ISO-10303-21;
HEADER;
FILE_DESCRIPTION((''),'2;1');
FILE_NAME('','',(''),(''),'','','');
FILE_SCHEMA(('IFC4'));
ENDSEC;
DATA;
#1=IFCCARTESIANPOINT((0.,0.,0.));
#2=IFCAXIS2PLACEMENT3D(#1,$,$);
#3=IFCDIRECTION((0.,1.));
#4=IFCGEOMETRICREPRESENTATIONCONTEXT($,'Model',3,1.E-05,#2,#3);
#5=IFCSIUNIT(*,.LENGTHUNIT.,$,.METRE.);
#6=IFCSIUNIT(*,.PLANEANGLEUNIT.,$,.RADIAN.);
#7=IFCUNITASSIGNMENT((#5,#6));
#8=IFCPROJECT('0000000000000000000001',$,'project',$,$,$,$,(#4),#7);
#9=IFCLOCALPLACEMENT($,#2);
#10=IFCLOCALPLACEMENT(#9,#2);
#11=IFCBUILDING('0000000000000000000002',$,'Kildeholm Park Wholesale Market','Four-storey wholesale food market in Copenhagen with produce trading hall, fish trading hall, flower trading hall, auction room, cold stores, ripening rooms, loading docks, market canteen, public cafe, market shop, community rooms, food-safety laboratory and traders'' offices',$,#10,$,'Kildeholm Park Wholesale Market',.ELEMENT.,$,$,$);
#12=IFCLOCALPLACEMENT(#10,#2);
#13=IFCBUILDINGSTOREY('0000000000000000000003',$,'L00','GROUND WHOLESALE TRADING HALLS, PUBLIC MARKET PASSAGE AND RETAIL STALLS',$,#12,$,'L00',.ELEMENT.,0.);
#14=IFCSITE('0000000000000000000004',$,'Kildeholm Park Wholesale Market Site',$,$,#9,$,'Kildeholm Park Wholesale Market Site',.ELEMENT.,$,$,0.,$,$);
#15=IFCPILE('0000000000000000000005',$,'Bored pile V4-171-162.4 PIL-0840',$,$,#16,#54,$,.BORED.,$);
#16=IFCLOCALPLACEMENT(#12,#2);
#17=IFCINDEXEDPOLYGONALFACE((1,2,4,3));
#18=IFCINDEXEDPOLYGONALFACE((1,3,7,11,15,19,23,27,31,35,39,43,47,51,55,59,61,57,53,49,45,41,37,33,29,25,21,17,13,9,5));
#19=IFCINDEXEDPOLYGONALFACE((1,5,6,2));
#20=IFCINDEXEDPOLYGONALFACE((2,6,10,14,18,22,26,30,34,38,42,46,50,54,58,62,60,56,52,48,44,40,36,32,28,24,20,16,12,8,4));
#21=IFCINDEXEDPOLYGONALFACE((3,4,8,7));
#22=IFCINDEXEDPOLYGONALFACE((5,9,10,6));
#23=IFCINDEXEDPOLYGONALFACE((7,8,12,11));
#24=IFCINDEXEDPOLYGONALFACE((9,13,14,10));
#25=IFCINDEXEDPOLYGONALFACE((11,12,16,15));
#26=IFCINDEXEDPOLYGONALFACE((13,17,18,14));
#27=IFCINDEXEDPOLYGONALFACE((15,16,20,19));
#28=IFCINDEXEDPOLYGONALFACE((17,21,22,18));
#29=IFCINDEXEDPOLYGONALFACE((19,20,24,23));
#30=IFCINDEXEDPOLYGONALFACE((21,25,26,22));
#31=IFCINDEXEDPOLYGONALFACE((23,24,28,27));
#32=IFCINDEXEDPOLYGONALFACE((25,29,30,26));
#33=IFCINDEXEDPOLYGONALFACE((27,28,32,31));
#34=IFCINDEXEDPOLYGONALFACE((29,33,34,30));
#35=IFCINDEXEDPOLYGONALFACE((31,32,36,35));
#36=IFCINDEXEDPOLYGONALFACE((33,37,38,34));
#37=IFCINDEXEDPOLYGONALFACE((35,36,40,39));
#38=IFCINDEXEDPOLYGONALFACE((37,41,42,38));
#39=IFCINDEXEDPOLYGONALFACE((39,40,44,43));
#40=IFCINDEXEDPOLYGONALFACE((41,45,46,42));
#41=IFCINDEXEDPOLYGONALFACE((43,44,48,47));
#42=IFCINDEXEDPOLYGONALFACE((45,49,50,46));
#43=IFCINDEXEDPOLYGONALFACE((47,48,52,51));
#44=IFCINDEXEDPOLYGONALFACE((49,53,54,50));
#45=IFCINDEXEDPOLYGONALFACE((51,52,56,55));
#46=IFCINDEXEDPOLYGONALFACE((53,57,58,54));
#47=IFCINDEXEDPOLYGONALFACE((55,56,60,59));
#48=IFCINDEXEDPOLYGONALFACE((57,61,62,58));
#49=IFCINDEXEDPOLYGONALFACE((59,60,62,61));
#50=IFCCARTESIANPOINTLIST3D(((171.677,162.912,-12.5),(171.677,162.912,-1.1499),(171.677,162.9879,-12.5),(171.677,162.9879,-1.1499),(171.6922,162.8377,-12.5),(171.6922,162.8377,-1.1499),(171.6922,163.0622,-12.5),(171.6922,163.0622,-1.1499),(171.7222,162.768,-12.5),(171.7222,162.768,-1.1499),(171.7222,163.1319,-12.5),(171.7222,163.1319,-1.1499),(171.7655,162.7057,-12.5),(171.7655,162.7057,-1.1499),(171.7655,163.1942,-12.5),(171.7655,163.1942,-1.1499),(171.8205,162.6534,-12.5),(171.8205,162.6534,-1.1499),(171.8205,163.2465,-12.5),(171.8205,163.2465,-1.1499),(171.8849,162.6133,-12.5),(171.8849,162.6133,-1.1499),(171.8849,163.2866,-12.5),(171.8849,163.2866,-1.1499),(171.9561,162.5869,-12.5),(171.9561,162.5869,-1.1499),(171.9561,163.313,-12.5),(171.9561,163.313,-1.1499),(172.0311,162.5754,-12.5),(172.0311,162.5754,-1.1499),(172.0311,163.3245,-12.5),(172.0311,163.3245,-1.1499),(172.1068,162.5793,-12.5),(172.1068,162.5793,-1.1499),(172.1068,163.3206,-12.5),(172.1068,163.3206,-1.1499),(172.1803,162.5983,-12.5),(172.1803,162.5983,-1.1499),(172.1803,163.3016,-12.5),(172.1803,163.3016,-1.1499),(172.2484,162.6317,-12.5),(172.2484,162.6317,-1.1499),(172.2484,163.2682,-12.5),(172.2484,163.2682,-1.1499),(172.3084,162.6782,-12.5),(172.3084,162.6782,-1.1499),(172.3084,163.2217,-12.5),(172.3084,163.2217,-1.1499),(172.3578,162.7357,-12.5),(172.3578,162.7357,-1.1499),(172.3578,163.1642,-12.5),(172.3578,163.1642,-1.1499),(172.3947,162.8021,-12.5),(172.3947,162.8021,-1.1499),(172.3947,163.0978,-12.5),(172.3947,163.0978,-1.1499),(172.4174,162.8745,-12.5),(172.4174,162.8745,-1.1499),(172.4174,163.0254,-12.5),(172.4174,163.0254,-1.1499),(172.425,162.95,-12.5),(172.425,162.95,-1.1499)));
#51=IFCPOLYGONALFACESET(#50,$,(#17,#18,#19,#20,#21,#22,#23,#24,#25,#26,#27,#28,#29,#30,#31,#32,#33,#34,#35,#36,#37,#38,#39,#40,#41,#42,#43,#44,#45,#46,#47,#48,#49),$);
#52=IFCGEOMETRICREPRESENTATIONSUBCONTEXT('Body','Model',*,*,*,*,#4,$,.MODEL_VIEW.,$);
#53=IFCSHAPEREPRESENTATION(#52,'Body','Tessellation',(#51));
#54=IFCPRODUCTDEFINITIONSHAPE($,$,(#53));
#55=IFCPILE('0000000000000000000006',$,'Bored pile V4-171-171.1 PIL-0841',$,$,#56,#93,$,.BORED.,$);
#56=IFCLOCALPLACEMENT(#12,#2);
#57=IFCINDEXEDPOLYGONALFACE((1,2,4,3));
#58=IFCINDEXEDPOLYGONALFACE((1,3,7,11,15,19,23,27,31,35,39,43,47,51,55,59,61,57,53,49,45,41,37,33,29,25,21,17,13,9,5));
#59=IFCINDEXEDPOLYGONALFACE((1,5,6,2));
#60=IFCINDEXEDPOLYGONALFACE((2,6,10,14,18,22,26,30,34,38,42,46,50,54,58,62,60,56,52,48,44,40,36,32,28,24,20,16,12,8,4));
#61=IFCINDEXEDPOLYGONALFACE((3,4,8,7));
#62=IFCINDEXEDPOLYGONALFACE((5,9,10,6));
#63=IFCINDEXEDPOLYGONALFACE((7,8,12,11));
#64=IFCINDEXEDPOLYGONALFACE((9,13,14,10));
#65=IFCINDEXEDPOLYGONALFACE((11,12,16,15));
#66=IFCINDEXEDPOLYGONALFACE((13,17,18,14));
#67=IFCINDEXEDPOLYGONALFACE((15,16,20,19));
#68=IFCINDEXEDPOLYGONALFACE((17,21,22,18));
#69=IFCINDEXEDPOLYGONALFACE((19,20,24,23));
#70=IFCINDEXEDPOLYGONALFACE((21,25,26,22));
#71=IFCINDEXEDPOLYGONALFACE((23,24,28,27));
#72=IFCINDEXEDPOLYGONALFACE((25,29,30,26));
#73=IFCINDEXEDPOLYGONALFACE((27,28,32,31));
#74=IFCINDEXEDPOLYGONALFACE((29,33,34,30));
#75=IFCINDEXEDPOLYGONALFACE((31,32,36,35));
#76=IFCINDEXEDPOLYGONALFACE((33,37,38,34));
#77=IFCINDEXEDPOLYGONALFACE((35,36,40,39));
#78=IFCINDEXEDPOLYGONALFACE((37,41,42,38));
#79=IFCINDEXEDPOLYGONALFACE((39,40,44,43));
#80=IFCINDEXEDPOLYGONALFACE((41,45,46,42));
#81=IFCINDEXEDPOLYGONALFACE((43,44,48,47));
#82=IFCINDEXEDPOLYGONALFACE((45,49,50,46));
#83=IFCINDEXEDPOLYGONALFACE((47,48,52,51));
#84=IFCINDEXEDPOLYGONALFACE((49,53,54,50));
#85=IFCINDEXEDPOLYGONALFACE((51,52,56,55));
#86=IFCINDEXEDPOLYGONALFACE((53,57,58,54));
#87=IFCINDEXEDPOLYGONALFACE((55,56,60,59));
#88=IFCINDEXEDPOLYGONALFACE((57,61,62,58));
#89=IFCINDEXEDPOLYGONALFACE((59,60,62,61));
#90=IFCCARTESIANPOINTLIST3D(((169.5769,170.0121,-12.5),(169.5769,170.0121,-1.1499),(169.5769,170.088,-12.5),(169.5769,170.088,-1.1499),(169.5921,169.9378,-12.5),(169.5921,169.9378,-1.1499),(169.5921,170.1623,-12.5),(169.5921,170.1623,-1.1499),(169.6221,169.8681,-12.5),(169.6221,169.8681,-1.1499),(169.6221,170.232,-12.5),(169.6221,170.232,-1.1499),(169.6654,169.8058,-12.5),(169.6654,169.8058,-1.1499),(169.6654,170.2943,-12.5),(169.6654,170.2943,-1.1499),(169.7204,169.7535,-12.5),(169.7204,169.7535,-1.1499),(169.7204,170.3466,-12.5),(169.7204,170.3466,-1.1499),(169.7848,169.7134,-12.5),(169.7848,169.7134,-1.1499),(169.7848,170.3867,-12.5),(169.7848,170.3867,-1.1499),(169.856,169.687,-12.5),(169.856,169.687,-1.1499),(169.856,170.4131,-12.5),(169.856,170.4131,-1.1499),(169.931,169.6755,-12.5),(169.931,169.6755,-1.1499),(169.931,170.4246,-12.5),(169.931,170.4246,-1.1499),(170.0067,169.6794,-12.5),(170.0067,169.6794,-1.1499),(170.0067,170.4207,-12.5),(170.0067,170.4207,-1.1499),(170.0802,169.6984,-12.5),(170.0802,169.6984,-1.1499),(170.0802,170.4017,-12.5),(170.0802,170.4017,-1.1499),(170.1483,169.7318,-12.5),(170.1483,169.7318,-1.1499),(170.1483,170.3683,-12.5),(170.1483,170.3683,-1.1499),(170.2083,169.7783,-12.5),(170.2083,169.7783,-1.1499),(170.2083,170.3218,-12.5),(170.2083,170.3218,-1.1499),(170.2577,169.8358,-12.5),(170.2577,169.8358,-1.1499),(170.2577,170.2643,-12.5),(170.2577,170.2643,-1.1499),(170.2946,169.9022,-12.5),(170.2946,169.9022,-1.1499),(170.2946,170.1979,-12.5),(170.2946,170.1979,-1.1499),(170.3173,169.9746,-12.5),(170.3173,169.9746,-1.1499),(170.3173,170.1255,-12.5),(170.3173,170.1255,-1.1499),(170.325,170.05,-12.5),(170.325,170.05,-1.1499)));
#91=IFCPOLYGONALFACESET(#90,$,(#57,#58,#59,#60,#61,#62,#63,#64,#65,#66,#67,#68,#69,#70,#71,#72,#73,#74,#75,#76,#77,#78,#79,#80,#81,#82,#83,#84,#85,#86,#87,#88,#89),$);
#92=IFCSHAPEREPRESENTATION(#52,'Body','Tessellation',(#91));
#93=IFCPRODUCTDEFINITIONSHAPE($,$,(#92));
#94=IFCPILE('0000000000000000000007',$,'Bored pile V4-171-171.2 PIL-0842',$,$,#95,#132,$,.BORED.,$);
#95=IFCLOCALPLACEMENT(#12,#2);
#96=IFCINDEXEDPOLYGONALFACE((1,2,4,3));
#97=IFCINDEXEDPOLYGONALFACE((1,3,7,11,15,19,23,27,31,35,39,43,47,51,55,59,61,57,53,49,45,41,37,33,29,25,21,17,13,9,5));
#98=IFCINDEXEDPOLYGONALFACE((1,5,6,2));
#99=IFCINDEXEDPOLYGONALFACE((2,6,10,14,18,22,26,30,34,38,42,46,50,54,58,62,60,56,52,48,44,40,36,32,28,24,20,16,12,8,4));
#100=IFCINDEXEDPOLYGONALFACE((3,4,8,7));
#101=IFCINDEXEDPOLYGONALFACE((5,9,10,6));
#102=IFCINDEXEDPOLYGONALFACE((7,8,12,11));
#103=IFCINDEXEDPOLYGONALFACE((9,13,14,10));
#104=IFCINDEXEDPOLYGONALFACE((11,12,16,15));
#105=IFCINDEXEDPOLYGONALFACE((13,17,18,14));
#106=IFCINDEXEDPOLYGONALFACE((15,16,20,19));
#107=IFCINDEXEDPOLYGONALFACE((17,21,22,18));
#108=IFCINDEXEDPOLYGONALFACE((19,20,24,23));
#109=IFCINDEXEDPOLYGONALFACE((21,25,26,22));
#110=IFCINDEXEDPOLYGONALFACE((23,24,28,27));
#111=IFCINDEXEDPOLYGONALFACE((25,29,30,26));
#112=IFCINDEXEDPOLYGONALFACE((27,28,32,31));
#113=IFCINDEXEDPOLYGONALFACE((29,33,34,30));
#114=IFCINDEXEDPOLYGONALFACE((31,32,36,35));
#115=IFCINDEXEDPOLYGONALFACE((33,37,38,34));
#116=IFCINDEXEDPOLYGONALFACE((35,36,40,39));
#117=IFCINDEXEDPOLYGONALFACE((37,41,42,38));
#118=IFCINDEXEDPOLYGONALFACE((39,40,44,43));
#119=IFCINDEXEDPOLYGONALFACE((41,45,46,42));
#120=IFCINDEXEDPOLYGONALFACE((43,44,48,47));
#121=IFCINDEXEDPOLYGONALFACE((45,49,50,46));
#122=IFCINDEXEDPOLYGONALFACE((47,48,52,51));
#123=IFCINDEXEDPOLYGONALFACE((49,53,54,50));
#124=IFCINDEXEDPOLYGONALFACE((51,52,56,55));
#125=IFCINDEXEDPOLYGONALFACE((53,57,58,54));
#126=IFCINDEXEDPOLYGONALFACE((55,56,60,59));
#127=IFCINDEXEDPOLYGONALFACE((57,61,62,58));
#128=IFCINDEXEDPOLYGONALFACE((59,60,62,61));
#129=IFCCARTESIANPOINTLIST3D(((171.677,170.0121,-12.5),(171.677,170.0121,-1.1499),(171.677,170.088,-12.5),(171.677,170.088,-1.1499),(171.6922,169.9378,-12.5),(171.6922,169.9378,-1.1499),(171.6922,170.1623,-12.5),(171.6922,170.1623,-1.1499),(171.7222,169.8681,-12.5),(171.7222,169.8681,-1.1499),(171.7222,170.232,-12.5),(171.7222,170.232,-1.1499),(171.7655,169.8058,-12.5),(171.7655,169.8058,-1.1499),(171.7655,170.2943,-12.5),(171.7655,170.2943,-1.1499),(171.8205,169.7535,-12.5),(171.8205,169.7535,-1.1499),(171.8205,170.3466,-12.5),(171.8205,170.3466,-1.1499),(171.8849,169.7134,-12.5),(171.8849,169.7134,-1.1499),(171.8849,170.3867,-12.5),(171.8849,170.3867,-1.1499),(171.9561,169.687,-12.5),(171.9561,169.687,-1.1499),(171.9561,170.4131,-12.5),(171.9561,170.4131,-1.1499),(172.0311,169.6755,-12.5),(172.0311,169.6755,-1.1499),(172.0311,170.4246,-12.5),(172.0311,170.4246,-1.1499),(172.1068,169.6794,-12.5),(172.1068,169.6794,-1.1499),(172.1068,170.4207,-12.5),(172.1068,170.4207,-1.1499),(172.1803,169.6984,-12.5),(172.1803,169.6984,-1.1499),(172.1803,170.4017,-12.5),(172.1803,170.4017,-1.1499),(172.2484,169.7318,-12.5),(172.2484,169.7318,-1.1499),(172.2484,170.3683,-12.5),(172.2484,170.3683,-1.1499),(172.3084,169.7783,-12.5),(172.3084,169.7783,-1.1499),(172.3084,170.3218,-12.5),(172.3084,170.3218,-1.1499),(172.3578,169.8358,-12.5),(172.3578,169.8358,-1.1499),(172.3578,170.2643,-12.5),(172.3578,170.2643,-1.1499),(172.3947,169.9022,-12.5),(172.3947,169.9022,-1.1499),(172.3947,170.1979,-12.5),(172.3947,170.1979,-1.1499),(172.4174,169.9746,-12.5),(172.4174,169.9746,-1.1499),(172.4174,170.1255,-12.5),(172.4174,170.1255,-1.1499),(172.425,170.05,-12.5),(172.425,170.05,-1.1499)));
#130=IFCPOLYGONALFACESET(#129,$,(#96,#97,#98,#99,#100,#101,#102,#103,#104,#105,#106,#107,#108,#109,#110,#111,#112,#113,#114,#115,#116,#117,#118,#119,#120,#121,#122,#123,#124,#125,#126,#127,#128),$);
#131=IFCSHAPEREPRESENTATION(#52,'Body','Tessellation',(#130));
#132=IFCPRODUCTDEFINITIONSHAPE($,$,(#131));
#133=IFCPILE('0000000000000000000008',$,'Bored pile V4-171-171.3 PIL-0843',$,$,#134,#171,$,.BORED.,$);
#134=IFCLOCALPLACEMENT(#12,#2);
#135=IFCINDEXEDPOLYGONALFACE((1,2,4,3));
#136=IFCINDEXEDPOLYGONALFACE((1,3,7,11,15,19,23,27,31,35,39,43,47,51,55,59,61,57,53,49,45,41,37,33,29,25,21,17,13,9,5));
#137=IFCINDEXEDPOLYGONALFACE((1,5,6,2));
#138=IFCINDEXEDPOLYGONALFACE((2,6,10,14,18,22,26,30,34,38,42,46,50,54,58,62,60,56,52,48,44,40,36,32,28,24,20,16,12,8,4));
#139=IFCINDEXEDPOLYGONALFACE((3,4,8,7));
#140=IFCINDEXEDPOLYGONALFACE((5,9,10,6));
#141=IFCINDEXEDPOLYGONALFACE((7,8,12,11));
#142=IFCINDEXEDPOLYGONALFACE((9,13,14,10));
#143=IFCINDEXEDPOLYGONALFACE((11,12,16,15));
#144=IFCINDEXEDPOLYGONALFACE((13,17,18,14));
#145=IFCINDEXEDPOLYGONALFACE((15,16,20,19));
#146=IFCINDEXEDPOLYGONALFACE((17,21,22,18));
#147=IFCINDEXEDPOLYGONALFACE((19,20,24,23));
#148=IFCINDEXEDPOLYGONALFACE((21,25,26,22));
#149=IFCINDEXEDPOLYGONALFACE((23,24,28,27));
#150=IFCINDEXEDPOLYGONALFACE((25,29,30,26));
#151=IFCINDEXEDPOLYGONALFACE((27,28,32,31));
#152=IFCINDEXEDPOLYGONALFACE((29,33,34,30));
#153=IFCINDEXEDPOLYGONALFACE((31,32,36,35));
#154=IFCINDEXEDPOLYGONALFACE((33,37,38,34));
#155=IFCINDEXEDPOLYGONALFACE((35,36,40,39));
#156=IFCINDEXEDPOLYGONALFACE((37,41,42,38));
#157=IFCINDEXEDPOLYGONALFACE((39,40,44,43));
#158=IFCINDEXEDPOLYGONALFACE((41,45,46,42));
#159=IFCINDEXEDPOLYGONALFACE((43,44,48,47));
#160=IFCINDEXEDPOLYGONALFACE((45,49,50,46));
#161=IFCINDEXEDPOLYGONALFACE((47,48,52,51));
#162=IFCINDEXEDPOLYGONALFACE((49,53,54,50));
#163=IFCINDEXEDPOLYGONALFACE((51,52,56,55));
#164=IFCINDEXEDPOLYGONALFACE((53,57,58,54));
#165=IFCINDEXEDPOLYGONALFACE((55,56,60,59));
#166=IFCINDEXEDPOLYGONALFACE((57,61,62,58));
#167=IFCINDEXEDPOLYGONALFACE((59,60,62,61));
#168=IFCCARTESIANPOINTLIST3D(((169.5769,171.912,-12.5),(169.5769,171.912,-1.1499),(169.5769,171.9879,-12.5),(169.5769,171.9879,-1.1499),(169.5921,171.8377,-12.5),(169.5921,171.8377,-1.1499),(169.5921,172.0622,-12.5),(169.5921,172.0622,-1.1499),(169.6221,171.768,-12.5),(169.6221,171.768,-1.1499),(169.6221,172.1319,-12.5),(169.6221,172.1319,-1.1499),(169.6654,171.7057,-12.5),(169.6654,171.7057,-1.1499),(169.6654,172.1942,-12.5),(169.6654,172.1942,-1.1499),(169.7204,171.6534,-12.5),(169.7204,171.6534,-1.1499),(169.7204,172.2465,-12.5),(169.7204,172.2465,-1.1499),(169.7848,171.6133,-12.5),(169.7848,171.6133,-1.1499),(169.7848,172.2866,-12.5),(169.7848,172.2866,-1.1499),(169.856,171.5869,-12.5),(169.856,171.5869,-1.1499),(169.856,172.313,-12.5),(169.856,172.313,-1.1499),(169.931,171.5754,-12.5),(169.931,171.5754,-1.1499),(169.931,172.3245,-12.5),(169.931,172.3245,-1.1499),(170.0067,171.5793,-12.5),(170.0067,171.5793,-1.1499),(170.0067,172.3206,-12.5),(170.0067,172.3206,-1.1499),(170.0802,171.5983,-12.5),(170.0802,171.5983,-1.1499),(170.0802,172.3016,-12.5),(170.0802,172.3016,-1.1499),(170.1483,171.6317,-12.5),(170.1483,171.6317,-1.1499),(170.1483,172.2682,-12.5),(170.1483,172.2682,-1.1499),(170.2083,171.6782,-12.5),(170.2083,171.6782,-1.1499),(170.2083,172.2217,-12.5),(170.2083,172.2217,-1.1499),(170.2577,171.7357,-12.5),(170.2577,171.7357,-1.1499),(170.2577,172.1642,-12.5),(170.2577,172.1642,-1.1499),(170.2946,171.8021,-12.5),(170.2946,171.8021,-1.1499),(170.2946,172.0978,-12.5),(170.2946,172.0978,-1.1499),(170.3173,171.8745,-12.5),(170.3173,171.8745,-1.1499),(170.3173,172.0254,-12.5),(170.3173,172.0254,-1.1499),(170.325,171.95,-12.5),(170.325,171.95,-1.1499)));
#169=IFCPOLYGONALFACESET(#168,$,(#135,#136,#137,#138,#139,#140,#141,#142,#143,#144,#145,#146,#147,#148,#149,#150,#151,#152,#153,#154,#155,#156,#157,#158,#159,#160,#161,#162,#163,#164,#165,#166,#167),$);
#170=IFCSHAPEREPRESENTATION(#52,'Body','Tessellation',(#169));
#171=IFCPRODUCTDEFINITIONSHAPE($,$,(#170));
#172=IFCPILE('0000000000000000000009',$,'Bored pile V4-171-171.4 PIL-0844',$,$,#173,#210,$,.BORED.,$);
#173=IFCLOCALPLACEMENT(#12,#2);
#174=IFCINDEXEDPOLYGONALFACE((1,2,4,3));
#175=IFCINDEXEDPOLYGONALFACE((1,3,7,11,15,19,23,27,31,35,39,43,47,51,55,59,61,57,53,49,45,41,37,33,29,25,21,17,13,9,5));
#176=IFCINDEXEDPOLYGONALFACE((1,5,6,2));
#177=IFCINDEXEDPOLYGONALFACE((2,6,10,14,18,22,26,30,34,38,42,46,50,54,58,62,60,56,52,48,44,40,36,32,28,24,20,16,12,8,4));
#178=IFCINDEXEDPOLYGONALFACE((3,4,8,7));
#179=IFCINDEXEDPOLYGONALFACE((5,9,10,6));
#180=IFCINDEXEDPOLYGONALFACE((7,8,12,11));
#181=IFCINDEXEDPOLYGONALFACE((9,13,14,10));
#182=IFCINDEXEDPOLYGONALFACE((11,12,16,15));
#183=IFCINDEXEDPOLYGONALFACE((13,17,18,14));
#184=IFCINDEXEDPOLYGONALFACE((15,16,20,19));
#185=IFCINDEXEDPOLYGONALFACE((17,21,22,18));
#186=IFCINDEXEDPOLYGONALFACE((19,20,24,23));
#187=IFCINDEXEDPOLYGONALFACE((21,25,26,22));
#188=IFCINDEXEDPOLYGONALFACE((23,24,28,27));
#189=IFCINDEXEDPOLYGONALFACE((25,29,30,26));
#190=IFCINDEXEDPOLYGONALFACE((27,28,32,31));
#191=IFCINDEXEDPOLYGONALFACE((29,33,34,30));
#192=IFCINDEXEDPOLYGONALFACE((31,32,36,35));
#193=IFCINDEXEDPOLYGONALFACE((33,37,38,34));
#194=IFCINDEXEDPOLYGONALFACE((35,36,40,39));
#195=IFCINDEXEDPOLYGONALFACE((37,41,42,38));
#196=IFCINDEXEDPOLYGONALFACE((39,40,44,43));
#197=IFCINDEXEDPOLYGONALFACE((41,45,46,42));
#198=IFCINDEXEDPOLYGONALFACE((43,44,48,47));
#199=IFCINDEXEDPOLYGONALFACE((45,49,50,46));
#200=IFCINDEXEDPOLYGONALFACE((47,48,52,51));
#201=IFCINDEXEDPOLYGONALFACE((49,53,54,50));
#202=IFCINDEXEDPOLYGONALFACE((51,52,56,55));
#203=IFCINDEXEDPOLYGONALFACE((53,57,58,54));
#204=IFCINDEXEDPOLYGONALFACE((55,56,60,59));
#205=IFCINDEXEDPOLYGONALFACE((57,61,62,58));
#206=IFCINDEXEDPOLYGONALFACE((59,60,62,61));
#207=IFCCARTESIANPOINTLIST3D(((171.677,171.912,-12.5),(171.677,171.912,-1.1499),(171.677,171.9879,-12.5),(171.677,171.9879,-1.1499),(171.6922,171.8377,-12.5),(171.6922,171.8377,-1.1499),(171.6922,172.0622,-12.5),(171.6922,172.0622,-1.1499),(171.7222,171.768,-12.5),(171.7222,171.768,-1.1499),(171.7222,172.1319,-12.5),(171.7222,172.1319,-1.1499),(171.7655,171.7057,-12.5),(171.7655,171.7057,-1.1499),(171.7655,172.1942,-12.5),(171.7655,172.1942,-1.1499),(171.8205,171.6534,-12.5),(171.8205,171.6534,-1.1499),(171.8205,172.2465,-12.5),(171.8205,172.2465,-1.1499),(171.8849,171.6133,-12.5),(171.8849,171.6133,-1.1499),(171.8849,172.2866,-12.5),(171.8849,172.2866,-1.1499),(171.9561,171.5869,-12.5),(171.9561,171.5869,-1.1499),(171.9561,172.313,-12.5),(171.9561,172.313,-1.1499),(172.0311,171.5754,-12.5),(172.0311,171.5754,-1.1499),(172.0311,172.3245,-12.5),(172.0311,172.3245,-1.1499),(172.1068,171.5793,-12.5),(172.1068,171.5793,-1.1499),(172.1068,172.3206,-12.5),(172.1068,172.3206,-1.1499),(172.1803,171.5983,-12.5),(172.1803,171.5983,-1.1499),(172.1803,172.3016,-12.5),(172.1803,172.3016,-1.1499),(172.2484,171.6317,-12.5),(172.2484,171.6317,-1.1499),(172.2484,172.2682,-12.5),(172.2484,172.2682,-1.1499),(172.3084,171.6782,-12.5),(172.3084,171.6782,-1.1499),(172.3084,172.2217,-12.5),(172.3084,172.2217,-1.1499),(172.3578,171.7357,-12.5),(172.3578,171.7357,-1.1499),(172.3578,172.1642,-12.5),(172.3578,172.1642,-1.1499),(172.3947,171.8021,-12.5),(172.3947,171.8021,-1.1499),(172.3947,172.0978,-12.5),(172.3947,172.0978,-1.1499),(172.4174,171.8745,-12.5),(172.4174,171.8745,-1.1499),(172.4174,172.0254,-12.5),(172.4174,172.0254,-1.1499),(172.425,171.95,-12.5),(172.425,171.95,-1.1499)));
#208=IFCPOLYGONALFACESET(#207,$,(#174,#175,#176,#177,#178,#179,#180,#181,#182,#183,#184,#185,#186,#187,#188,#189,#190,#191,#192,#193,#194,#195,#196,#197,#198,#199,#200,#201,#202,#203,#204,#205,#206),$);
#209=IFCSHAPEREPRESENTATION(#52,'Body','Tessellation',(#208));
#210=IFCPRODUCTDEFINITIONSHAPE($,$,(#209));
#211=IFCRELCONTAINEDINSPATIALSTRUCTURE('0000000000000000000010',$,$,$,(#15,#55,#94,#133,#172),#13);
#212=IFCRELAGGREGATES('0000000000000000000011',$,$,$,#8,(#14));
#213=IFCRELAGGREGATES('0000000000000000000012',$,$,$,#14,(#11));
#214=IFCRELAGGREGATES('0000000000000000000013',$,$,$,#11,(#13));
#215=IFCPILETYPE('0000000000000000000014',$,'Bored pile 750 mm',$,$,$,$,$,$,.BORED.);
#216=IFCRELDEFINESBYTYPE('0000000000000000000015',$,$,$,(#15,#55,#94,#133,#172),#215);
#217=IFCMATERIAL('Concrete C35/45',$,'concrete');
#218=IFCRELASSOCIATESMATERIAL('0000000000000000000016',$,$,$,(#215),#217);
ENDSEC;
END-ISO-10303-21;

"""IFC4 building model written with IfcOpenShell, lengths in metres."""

from ifc_helpers import new_model, si_unit, direction, frame, origin, origin_2d, place, context, subcontext, project, spatial, circle, extrude, material, material_profile, profile_set, type_object, element, save


model = new_model("IFC4")

# Units and contexts
model_context = context("Model", 3, precision=1e-05, world=origin(), true_north=direction((0.0, 1.0)))
body_context = subcontext(model_context, "Body", "Model", "MODEL_VIEW")
ifc_project = project(units=[si_unit("LENGTHUNIT", "METRE"), si_unit("PLANEANGLEUNIT", "RADIAN")], contexts=[model_context])

# Site, building, storey
site_placement = place(None, origin())
site = spatial("IfcSite", under=ifc_project, at=site_placement, Name="Kildeholm Park Wholesale Market Site", LongName="Kildeholm Park Wholesale Market Site", CompositionType="ELEMENT", RefElevation=0.0)
building_placement = place(site_placement, origin())
building = spatial("IfcBuilding", under=site, at=building_placement, Name="Kildeholm Park Wholesale Market", Description="Four-storey wholesale food market in Copenhagen with produce trading hall, fish trading hall, flower trading hall, auction room, cold stores, ripening rooms, loading docks, market canteen, public cafe, market shop, community rooms, food-safety laboratory and traders' offices", LongName="Kildeholm Park Wholesale Market", CompositionType="ELEMENT")
storey_placement = place(building_placement, origin())
storey = spatial("IfcBuildingStorey", under=building, at=storey_placement, Name="L00", Description="GROUND WHOLESALE TRADING HALLS, PUBLIC MARKET PASSAGE AND RETAIL STALLS", LongName="L00", CompositionType="ELEMENT", Elevation=0.0)

# Piles
ifc_material_1 = material(Name="Concrete C35/45", Category="concrete")
ifc_material_profile_1 = material_profile(ifc_material_1, circle(Radius=0.375, at=origin_2d()), Name="PILE D750")
ifc_profile_set_1 = profile_set([ifc_material_profile_1], Name="Concrete C35/45")
pile_type = type_object("IfcPileType", Name="Bored pile 750 mm", PredefinedType="BORED", material=ifc_profile_set_1)
for number, where, z_axis, x_axis, name in (
    (1, (172.05, 162.95, -1.1499), (0.0, 0.0, -1.0), (1.0, 0.0, 0.0), "Bored pile V4-171-162.4 PIL-0840"),
    (2, (169.95, 170.05, -1.1499), (0.0, 0.0, -1.0), (1.0, 0.0, 0.0), "Bored pile V4-171-171.1 PIL-0841"),
    (3, (172.05, 170.05, -1.1499), (0.0, 0.0, -1.0), (1.0, 0.0, 0.0), "Bored pile V4-171-171.2 PIL-0842"),
    (4, (169.95, 171.95, -1.1499), (0.0, 0.0, -1.0), (1.0, 0.0, 0.0), "Bored pile V4-171-171.3 PIL-0843"),
    (5, (172.05, 171.95, -1.1499), (0.0, 0.0, -1.0), (1.0, 0.0, 0.0), "Bored pile V4-171-171.4 PIL-0844"),
):
    element("IfcPile", number, at=place(storey_placement, frame(where, z_axis=z_axis, x_axis=x_axis)), inside=storey, type_object=pile_type, Name=name, PredefinedType="BORED", context=body_context, shape_type="SweptSolid", body=[
        extrude(circle(Radius=0.375, at=origin_2d()), origin(), (0.0, 0.0, 1.0), 11.3501),
    ])

save(model, "model.ifc")
